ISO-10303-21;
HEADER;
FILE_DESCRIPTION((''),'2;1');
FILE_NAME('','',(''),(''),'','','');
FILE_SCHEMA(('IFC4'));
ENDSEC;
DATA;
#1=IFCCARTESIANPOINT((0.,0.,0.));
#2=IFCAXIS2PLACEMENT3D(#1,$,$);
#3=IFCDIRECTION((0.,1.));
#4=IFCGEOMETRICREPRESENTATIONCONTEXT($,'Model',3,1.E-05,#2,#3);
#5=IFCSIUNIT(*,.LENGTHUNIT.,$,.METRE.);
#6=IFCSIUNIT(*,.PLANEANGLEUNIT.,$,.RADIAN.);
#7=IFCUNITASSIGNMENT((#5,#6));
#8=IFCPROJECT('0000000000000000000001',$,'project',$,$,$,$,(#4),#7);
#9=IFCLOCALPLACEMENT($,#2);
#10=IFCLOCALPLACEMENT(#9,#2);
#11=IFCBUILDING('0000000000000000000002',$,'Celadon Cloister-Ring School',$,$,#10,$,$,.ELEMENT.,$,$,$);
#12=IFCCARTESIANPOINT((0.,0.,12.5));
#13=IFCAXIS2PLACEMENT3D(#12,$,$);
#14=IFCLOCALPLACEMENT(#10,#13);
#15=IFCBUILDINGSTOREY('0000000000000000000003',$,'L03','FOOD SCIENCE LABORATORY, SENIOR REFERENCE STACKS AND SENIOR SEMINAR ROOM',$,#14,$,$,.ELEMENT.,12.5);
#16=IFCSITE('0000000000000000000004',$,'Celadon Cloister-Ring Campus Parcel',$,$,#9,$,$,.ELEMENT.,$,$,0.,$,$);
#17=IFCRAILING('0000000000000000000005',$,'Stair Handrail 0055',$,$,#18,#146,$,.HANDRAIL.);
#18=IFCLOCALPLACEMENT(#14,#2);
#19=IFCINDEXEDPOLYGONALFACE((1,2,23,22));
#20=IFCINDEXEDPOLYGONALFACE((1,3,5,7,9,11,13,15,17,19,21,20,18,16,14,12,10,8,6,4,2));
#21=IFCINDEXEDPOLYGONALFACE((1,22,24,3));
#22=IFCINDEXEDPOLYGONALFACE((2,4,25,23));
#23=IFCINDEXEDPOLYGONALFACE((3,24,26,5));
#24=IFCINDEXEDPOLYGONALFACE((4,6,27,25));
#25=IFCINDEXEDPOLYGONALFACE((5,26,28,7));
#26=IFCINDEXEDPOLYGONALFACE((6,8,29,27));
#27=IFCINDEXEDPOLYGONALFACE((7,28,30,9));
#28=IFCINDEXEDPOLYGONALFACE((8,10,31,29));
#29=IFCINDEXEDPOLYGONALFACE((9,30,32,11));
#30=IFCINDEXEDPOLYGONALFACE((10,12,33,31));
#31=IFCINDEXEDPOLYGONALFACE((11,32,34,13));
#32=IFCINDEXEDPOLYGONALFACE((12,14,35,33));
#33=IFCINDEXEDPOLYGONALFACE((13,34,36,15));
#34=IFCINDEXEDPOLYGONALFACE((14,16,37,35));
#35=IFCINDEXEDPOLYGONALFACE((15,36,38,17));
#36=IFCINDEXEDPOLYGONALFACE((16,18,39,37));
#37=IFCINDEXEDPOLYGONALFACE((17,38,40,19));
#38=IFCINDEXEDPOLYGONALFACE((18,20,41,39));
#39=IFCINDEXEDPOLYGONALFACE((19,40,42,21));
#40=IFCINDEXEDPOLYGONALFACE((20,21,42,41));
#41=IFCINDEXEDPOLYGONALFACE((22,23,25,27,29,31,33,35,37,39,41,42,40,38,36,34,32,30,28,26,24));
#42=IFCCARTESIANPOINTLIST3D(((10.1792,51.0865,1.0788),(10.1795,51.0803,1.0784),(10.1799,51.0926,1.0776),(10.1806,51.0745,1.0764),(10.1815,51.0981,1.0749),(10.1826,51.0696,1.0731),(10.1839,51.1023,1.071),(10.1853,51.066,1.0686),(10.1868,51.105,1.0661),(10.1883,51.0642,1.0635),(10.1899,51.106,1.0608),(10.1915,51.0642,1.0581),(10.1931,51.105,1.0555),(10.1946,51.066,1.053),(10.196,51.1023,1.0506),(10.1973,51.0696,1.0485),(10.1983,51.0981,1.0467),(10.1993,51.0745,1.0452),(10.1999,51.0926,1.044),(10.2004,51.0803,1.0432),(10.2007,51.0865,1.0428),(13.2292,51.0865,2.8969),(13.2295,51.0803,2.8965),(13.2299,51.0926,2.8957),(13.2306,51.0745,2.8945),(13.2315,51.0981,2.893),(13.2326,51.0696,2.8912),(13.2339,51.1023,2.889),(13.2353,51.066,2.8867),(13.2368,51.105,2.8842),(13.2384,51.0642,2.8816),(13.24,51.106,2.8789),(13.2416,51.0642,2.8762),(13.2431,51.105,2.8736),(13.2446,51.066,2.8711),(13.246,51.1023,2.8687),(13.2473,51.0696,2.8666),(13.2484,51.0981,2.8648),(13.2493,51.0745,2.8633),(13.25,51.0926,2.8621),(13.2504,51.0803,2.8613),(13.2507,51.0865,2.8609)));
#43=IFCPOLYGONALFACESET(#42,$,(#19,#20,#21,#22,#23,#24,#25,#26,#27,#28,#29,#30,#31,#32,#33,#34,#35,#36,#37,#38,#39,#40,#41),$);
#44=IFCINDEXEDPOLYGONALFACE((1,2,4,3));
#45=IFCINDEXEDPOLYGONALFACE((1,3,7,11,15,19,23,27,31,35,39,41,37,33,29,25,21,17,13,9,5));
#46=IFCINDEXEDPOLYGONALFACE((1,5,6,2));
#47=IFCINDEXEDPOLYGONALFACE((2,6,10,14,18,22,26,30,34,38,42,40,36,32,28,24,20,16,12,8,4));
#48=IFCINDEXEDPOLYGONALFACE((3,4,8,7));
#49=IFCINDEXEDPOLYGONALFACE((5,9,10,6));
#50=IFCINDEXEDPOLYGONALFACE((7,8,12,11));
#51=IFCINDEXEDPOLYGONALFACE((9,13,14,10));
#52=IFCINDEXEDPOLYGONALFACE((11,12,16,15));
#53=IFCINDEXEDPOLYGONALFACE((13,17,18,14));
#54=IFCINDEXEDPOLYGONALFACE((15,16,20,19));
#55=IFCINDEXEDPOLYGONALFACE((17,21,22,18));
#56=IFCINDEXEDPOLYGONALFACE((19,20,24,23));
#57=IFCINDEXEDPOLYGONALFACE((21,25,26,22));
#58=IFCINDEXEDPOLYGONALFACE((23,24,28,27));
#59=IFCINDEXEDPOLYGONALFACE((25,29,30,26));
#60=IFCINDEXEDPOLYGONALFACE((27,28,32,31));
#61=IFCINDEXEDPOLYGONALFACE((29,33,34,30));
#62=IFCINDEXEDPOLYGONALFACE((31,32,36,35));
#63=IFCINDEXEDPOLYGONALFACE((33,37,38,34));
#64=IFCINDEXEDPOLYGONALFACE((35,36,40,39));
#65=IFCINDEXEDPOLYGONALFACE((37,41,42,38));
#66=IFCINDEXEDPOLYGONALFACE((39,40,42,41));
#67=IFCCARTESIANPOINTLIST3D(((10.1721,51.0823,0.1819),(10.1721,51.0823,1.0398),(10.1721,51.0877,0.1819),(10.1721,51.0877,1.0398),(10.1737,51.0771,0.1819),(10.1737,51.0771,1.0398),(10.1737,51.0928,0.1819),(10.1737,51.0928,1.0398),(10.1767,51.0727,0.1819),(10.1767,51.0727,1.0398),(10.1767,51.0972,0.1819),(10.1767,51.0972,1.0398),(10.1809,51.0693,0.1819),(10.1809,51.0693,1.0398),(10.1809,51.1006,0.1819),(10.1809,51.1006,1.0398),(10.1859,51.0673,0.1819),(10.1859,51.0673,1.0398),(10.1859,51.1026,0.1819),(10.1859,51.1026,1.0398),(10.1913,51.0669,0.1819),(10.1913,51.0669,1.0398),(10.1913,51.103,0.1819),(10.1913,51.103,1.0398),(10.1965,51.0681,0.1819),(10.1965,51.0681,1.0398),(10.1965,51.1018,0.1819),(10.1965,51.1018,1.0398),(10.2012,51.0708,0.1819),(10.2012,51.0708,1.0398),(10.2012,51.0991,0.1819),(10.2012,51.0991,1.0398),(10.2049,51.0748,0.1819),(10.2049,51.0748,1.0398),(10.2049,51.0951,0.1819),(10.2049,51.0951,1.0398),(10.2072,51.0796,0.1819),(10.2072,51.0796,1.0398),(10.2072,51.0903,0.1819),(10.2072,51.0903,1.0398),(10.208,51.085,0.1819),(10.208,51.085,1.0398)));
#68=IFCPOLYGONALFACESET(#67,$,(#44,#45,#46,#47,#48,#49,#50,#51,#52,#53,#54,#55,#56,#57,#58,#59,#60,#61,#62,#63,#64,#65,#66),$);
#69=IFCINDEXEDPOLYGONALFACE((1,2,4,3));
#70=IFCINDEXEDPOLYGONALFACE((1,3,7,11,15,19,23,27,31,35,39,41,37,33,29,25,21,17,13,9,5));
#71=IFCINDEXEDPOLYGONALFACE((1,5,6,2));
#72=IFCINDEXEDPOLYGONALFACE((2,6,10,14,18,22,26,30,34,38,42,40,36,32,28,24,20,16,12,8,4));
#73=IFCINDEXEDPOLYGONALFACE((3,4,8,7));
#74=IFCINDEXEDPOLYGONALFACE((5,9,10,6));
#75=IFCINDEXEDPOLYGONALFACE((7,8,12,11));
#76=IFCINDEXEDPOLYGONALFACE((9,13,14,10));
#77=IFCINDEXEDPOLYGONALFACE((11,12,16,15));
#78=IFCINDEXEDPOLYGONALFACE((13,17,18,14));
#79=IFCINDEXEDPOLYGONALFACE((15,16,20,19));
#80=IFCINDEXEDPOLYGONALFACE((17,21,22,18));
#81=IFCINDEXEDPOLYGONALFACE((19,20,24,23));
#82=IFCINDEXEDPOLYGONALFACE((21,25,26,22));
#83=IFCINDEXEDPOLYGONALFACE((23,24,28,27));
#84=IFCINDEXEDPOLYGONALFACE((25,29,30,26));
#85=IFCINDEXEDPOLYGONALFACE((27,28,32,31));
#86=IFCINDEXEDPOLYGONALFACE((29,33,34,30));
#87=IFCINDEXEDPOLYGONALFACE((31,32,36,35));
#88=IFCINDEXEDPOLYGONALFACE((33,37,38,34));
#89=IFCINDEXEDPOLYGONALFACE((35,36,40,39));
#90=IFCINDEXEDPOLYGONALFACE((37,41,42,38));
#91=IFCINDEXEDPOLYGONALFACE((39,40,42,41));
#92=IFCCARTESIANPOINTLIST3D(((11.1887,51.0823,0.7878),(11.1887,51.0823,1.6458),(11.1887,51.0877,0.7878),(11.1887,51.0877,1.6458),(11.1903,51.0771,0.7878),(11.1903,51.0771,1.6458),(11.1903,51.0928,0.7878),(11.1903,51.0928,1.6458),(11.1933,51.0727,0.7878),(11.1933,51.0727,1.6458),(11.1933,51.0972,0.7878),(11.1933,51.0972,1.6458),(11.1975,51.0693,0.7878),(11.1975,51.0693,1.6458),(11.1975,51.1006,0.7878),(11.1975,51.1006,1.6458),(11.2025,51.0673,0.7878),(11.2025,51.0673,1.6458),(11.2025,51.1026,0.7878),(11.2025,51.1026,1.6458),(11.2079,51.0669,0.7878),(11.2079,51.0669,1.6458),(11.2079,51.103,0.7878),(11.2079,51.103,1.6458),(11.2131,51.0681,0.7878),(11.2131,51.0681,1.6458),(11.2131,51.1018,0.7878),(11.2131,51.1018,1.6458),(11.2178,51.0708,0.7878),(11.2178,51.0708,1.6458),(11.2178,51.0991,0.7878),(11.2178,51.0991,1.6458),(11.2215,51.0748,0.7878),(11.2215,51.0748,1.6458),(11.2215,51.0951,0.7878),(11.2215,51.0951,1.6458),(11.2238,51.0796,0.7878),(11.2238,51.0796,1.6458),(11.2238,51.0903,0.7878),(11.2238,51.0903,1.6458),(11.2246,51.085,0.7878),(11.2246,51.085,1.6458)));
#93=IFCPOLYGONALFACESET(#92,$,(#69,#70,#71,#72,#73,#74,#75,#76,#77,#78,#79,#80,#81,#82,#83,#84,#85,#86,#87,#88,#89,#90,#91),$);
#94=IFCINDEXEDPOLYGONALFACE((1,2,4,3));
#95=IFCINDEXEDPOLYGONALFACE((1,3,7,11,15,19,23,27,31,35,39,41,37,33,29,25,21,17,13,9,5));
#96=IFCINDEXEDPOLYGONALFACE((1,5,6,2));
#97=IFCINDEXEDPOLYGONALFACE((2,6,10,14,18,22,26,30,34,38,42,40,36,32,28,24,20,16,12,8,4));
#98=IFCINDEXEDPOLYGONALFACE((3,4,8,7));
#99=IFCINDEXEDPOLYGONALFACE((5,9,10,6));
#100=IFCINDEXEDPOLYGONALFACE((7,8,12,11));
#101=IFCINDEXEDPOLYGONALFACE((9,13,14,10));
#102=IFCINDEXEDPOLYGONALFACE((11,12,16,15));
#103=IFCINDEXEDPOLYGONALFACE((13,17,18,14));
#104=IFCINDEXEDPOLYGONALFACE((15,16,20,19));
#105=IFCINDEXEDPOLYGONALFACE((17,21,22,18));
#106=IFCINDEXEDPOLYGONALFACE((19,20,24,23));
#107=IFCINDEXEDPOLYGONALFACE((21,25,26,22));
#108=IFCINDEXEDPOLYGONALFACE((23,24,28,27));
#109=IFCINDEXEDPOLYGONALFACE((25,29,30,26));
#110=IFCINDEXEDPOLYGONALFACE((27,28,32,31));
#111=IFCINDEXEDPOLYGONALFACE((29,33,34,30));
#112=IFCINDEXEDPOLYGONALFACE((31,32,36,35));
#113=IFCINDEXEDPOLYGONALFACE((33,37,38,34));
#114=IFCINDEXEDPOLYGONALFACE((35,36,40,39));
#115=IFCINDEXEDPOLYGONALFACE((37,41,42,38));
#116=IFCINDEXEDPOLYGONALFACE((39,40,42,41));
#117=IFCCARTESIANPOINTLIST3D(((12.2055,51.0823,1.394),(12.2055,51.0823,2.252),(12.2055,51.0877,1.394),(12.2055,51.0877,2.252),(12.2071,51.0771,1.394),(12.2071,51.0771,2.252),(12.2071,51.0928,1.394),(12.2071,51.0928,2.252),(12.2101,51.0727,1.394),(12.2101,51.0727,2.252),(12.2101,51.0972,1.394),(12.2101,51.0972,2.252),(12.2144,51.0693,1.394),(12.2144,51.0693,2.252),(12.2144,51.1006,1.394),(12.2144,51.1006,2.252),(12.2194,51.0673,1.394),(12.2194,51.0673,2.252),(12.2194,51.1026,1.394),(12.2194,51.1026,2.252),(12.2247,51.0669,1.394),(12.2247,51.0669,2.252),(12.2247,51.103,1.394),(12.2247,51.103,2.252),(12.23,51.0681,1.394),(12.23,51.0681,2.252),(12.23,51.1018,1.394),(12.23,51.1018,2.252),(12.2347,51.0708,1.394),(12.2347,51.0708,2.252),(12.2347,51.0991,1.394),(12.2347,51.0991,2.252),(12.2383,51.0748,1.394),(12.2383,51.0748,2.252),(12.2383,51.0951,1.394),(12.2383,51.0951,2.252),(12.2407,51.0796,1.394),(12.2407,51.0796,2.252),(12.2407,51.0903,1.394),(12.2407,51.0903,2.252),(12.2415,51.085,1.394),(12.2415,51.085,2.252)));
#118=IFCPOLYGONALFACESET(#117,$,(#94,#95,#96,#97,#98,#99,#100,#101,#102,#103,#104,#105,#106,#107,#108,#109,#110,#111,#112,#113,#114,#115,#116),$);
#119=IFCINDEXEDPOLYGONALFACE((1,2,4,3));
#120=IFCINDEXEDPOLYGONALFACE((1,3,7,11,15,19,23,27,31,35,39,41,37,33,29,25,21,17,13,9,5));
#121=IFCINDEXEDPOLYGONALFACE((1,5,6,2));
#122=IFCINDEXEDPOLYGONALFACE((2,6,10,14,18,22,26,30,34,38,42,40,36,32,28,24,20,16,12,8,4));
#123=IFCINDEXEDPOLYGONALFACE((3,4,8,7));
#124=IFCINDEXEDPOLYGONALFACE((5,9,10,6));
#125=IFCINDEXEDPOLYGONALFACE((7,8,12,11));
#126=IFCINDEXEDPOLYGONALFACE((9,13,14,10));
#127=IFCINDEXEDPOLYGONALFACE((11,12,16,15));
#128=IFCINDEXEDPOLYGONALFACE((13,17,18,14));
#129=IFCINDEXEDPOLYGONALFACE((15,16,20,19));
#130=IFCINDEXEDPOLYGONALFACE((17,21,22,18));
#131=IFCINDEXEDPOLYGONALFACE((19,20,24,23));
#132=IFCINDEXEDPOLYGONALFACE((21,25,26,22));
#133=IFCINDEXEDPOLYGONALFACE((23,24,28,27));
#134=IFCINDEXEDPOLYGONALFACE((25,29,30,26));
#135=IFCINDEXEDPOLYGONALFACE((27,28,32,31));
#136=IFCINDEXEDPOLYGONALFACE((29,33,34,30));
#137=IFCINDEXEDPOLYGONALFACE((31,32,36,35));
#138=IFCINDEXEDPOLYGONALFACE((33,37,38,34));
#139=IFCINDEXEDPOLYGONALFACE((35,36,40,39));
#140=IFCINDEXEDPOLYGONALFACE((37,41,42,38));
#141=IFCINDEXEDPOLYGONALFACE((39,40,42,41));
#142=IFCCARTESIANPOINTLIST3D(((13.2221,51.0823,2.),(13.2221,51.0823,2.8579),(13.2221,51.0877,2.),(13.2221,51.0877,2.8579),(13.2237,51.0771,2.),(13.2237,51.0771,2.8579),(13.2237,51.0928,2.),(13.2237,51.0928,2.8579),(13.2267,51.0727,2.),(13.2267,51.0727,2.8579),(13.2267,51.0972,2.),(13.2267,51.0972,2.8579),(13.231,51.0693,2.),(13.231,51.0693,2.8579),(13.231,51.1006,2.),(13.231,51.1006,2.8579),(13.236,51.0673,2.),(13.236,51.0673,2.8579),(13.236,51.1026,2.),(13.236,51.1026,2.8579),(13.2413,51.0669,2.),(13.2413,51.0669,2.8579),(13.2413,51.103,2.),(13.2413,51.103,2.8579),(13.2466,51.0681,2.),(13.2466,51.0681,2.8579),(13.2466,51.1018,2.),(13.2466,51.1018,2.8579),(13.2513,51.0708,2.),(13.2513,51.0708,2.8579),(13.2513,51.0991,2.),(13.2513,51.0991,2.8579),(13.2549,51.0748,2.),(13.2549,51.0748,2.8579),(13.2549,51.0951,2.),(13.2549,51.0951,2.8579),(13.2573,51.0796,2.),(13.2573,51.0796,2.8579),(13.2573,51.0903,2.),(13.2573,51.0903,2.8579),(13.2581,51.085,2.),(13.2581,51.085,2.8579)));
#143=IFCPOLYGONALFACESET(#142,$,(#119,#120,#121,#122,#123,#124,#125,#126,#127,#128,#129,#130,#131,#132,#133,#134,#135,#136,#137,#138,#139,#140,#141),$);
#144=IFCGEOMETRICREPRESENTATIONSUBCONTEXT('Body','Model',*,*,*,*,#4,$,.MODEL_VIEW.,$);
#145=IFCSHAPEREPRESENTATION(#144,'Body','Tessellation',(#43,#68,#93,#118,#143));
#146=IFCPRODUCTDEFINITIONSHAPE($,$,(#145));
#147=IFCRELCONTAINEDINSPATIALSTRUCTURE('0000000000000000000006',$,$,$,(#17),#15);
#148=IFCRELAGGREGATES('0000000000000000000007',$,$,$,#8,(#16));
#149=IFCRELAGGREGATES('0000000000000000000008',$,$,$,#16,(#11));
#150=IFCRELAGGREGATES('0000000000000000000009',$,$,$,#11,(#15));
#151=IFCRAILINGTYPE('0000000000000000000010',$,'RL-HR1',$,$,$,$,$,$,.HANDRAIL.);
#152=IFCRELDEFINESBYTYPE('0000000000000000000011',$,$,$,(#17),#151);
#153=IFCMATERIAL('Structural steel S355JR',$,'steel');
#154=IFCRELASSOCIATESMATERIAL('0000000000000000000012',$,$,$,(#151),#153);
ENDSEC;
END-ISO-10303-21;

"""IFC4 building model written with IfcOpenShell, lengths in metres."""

from ifc_helpers import new_model, si_unit, direction, frame, origin, origin_2d, place, context, subcontext, project, spatial, circle, extrude, material, type_object, element, save


model = new_model("IFC4")

# Units and contexts
model_context = context("Model", 3, precision=1e-05, world=origin(), true_north=direction((0.0, 1.0)))
body_context = subcontext(model_context, "Body", "Model", "MODEL_VIEW")
ifc_project = project(units=[si_unit("LENGTHUNIT", "METRE"), si_unit("PLANEANGLEUNIT", "RADIAN")], contexts=[model_context])

# Site, building, storey
site_placement = place(None, origin())
site = spatial("IfcSite", under=ifc_project, at=site_placement, Name="Celadon Cloister-Ring Campus Parcel", CompositionType="ELEMENT", RefElevation=0.0)
building_placement = place(site_placement, origin())
building = spatial("IfcBuilding", under=site, at=building_placement, Name="Celadon Cloister-Ring School", CompositionType="ELEMENT")
storey_placement = place(building_placement, frame((0.0, 0.0, 12.5)))
storey = spatial("IfcBuildingStorey", under=building, at=storey_placement, Name="L03", Description="FOOD SCIENCE LABORATORY, SENIOR REFERENCE STACKS AND SENIOR SEMINAR ROOM", CompositionType="ELEMENT", Elevation=12.5)

# Railing
ifc_material_1 = material(Name="Structural steel S355JR", Category="steel")
railing_type_1 = type_object("IfcRailingType", Name="RL-HR1", PredefinedType="HANDRAIL", material=ifc_material_1)
for number, where, name in (
    (1, (10.1899, 51.085, 0.1819), "Stair Handrail 0055"),
):
    element("IfcRailing", number, at=place(storey_placement, frame(where)), inside=storey, type_object=railing_type_1, Name=name, PredefinedType="HANDRAIL", context=body_context, shape_type="SweptSolid", body=[
        extrude(circle(Radius=0.021, at=origin_2d()), frame((0.0, 0.0, 0.8789), z_axis=(0.85897, 0.0, 0.512026), x_axis=(0.0, 1.0, 0.0)), (0.0, 0.0, 1.0), 3.5508),
        extrude(circle(Radius=0.0181, at=origin_2d()), origin(), (0.0, 0.0, 1.0), 0.8579),
        extrude(circle(Radius=0.0181, at=origin_2d()), frame((1.0166, 0.0, 0.606)), (0.0, 0.0, 1.0), 0.8579),
        extrude(circle(Radius=0.0181, at=origin_2d()), frame((2.0334, 0.0, 1.2122)), (0.0, 0.0, 1.0), 0.8579),
        extrude(circle(Radius=0.0181, at=origin_2d()), frame((3.05, 0.0, 1.8181)), (0.0, 0.0, 1.0), 0.8579),
    ])

save(model, "model.ifc")
